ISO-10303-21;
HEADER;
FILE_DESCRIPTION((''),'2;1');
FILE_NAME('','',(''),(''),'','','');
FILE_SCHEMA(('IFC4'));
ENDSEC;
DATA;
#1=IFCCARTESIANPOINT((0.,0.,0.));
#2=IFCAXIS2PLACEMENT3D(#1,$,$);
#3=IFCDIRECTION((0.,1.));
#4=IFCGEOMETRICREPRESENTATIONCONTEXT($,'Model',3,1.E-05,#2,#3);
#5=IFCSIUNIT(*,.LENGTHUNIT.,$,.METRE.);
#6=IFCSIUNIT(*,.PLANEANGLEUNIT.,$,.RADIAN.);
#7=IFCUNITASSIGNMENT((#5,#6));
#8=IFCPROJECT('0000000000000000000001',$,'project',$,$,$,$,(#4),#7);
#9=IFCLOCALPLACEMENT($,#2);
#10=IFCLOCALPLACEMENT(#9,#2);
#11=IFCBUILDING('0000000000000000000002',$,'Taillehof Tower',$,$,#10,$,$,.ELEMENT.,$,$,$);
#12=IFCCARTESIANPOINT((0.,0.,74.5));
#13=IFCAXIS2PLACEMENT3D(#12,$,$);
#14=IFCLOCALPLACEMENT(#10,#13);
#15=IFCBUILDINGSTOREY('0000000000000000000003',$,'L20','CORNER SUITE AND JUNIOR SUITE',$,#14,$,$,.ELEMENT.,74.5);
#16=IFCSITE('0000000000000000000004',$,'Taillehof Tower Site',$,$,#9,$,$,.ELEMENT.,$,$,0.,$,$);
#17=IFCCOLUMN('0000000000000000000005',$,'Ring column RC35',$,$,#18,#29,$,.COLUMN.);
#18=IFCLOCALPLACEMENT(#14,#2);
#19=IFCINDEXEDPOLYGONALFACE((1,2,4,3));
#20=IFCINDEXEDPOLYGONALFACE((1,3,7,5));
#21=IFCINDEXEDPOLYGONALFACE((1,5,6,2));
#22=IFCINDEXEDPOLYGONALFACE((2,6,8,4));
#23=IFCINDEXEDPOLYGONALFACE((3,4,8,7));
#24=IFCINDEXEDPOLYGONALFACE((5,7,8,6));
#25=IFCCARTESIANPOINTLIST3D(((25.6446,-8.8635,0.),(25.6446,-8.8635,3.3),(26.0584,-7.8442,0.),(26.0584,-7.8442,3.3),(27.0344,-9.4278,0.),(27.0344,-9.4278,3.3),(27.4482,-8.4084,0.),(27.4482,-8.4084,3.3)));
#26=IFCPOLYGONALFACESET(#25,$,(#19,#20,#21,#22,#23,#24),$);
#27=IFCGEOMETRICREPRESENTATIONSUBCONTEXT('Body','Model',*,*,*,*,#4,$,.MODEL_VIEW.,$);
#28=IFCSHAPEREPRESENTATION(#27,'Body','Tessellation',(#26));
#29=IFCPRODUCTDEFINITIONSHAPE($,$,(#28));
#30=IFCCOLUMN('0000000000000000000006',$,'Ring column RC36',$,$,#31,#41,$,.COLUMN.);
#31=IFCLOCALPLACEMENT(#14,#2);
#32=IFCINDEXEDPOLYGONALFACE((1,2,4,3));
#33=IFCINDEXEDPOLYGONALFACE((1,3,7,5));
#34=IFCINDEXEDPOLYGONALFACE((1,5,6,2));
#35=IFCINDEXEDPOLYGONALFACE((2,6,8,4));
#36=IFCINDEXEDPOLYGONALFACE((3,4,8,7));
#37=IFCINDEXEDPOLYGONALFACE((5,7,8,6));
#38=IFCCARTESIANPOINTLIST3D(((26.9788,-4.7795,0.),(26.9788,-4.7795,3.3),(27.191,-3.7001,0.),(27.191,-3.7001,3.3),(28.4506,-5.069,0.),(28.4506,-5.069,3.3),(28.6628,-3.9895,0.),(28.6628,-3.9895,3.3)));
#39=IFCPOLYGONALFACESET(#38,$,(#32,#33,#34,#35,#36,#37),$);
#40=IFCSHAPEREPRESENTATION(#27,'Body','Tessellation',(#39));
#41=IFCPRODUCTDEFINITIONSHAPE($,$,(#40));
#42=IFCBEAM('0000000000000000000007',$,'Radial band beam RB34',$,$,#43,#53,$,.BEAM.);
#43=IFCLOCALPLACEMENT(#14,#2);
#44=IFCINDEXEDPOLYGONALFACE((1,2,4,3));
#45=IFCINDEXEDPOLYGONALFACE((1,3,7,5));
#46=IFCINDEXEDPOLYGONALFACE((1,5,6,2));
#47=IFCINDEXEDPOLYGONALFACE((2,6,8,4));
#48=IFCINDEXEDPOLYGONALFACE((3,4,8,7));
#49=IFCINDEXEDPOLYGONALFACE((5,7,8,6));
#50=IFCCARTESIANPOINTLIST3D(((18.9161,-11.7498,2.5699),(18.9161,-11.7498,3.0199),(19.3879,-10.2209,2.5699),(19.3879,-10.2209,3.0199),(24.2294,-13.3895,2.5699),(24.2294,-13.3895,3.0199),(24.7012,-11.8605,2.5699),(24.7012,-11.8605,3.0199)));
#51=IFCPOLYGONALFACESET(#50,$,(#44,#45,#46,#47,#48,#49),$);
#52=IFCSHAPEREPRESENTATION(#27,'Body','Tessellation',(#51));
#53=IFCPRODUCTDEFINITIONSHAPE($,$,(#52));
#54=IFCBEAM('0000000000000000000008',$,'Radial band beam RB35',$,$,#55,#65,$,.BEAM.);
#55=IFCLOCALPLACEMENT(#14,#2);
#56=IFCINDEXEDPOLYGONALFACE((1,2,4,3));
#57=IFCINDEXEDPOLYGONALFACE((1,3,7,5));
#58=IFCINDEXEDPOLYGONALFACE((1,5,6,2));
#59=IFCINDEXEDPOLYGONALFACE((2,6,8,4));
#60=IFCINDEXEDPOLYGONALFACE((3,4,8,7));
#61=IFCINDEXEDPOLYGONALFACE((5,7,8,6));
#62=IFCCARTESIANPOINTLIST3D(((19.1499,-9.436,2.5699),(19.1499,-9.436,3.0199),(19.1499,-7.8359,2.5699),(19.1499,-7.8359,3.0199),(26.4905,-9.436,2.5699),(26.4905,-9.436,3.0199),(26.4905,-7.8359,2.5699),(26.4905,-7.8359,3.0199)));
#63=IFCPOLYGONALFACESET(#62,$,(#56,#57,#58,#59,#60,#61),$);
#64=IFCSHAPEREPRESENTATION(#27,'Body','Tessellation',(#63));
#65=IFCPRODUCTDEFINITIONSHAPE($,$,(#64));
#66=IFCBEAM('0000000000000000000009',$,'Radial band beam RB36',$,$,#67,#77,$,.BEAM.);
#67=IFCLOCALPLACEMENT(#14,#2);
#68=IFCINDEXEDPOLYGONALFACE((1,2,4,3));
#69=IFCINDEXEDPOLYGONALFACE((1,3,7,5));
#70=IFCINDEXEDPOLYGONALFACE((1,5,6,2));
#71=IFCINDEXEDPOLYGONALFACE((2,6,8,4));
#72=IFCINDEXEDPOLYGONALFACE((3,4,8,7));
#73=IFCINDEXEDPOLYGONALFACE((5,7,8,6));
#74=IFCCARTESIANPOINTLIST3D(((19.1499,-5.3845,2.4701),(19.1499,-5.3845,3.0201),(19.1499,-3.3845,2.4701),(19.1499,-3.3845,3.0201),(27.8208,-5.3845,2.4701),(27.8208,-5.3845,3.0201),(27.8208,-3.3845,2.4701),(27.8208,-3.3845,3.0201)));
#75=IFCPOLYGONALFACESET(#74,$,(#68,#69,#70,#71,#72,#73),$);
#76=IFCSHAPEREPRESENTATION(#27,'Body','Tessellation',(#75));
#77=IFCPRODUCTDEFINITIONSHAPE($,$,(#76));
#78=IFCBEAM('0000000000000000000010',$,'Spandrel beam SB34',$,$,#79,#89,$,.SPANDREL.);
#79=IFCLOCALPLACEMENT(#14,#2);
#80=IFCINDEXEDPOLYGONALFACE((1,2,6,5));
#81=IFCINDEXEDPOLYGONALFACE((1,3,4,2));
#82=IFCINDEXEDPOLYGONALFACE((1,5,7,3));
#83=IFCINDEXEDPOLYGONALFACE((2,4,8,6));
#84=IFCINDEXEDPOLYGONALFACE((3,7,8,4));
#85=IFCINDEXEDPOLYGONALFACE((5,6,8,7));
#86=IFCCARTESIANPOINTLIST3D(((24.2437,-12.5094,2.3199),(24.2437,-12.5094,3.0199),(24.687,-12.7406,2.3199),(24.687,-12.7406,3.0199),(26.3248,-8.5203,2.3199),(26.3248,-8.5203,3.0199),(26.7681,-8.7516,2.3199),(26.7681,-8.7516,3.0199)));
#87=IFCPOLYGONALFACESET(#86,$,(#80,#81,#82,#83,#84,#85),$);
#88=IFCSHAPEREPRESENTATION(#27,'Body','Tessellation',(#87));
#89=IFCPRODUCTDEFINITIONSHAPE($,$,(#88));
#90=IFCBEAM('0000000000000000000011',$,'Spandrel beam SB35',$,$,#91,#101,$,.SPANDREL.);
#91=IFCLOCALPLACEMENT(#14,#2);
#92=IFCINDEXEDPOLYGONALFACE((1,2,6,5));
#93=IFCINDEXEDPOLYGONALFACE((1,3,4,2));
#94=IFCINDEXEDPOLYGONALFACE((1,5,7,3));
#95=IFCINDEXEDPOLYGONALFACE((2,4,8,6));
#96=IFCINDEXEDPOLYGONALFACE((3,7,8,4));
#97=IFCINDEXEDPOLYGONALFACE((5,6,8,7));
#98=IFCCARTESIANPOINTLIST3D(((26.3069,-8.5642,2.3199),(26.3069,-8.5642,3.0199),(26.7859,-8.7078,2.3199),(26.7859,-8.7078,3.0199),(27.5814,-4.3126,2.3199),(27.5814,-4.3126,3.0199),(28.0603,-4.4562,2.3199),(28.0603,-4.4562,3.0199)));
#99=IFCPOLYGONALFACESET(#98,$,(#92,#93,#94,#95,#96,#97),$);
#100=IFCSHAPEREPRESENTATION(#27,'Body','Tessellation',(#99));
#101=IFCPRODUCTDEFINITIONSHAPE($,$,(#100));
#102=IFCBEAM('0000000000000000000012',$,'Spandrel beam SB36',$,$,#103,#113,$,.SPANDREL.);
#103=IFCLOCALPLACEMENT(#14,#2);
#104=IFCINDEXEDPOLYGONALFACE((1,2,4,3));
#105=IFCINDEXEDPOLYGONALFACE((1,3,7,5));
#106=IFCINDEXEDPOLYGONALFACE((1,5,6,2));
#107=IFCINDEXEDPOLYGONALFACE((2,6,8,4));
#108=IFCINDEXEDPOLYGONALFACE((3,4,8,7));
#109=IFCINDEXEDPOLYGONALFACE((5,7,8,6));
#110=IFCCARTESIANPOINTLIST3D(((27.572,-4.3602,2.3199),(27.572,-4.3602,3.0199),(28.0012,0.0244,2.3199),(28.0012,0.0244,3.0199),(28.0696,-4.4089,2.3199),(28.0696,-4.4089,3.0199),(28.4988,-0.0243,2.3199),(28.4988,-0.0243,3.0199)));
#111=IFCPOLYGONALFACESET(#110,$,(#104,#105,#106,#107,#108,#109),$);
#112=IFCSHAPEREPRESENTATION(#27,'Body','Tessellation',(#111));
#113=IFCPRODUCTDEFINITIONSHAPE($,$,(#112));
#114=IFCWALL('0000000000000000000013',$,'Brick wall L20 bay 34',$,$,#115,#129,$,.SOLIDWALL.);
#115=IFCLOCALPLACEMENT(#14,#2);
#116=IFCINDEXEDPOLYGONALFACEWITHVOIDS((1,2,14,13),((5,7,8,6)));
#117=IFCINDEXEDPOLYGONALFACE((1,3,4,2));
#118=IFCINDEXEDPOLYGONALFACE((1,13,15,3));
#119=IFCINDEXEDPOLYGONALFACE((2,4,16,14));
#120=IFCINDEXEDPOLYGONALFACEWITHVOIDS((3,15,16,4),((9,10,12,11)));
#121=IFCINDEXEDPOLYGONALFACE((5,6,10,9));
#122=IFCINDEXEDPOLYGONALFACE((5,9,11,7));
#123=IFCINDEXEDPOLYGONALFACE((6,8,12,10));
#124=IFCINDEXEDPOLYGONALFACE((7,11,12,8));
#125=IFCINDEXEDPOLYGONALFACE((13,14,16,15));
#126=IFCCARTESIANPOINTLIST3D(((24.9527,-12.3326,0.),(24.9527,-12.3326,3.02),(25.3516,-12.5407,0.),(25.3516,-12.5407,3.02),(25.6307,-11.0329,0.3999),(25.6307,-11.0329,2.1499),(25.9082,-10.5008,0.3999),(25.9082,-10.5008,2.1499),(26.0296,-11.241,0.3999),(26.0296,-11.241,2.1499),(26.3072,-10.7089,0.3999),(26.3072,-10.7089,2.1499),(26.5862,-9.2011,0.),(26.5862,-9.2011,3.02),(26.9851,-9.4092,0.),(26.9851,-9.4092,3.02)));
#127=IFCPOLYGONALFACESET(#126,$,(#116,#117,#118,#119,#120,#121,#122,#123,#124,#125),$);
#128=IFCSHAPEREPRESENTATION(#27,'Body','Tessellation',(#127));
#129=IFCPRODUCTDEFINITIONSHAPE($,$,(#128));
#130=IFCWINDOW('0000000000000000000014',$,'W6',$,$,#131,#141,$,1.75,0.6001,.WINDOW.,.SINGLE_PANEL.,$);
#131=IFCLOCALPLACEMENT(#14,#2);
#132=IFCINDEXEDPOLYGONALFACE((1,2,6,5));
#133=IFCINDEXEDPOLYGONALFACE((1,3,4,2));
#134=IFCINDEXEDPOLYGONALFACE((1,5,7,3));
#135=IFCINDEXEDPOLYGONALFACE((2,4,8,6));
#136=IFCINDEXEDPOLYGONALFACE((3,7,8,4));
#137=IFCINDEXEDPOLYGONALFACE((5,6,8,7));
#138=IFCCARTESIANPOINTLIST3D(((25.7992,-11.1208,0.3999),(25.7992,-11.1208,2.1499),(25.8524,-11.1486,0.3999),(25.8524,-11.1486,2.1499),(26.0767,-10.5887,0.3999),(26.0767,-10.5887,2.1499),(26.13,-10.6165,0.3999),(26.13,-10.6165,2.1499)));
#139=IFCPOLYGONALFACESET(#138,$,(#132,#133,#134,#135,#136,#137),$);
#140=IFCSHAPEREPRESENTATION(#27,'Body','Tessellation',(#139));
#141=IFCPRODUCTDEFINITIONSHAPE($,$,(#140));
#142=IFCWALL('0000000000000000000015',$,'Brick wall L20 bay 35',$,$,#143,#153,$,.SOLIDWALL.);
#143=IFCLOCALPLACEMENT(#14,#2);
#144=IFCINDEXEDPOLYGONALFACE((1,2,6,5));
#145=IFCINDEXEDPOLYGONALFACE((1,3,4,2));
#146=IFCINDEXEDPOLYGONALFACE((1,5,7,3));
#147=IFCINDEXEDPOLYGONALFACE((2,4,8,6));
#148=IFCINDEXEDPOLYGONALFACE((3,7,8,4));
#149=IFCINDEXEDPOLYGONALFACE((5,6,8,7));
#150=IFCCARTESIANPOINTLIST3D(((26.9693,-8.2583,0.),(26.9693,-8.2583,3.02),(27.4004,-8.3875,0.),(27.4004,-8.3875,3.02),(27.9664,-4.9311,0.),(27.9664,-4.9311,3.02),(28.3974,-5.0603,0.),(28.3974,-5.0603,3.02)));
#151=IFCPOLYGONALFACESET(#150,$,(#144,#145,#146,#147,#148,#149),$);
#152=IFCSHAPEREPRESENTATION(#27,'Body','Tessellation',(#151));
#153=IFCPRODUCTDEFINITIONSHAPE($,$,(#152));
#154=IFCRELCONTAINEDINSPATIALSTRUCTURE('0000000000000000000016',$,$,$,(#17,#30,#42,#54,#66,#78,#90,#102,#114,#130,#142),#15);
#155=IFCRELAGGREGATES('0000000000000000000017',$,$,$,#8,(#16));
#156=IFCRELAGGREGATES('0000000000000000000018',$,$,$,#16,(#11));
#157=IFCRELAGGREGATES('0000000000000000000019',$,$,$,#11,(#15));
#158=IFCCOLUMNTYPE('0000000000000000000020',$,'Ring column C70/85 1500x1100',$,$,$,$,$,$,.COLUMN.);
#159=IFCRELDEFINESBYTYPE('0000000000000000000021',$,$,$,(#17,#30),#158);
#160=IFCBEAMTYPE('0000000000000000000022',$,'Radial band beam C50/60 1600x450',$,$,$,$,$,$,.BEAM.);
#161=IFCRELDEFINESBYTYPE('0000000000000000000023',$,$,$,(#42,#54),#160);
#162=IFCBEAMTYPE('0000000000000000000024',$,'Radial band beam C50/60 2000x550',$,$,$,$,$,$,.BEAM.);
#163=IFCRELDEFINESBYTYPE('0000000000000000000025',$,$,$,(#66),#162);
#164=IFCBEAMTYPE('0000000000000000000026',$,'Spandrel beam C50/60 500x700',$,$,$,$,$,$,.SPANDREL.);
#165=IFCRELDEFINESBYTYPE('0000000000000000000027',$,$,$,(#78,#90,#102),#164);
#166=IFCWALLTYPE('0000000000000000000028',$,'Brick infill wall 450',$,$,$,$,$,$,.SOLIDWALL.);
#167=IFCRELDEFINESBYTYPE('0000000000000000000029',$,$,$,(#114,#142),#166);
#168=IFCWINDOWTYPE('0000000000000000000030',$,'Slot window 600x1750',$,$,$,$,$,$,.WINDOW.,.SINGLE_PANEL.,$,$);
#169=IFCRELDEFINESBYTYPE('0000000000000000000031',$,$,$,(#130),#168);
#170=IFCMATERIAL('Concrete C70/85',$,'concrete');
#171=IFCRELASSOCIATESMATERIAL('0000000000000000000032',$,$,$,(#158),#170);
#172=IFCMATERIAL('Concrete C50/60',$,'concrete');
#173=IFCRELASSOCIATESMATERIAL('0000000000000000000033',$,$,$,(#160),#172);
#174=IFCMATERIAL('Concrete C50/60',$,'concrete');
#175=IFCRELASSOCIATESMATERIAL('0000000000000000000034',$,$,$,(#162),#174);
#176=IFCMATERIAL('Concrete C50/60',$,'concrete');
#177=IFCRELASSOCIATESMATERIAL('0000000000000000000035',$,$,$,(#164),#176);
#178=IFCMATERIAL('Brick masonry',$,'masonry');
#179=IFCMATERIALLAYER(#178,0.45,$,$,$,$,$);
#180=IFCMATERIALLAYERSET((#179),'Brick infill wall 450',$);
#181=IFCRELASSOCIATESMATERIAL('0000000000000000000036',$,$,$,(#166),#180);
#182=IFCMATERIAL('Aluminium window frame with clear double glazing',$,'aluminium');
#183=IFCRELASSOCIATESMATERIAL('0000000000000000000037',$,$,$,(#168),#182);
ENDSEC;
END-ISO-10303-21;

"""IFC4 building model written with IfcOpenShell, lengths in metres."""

from ifc_helpers import new_model, si_unit, direction, frame, frame_2d, origin, origin_2d, place, context, subcontext, project, spatial, rectangle, extrude, material, layer, layer_set, material_profile, profile_set, type_object, element, fill, save


model = new_model("IFC4")

# Units and contexts
model_context = context("Model", 3, precision=1e-05, world=origin(), true_north=direction((0.0, 1.0)))
body_context = subcontext(model_context, "Body", "Model", "MODEL_VIEW")
ifc_project = project(units=[si_unit("LENGTHUNIT", "METRE"), si_unit("PLANEANGLEUNIT", "RADIAN")], contexts=[model_context])

# Site, building, storey
site_placement = place(None, origin())
site = spatial("IfcSite", under=ifc_project, at=site_placement, Name="Taillehof Tower Site", CompositionType="ELEMENT", RefElevation=0.0)
building_placement = place(site_placement, origin())
building = spatial("IfcBuilding", under=site, at=building_placement, Name="Taillehof Tower", CompositionType="ELEMENT")
storey_placement = place(building_placement, frame((0.0, 0.0, 74.5)))
storey = spatial("IfcBuildingStorey", under=building, at=storey_placement, Name="L20", Description="CORNER SUITE AND JUNIOR SUITE", CompositionType="ELEMENT", Elevation=74.5)

# Columns
ifc_material_1 = material(Name="Concrete C70/85", Category="concrete")
ifc_material_profile_1 = material_profile(ifc_material_1, rectangle(XDim=1.5, YDim=1.1001, at=origin_2d()), Name="RC 1500x1100")
ifc_profile_set_1 = profile_set([ifc_material_profile_1], Name="Concrete C70/85")
column_type = type_object("IfcColumnType", Name="Ring column C70/85 1500x1100", PredefinedType="COLUMN", material=ifc_profile_set_1)
for number, where, z_axis, x_axis, name in (
    (1, (26.5464, -8.636, 0.0), (0.0, 0.0, 1.0), (0.926558, -0.376152, 0.0), "Ring column RC35"),
    (2, (27.8208, -4.3845, 0.0), (0.0, 0.0, 1.0), (0.981204, -0.192976, 0.0), "Ring column RC36"),
):
    element("IfcColumn", number, at=place(storey_placement, frame(where, z_axis=z_axis, x_axis=x_axis)), inside=storey, type_object=column_type, Name=name, PredefinedType="COLUMN", context=body_context, shape_type="SweptSolid", body=[
        extrude(rectangle(XDim=1.5, YDim=1.1001, at=origin_2d()), origin(), (0.0, 0.0, 1.0), 3.3),
    ])

# Beams
ifc_material_2 = material(Name="Concrete C50/60", Category="concrete")
ifc_material_profile_2 = material_profile(ifc_material_2, rectangle(XDim=1.6001, YDim=0.45, at=origin_2d()), Name="RC 1600x450")
ifc_profile_set_2 = profile_set([ifc_material_profile_2], Name="Concrete C50/60")
beam_type_1 = type_object("IfcBeamType", Name="Radial band beam C50/60 1600x450", PredefinedType="BEAM", material=ifc_profile_set_2)
beam_1_placement = place(storey_placement, frame((24.4653, -12.625, 2.7949), z_axis=(-0.955536, 0.294876, 0.0), x_axis=(-0.294876, -0.955536, 0.0)))
element("IfcBeam", 3, at=beam_1_placement, inside=storey, type_object=beam_type_1, Name="Radial band beam RB34", PredefinedType="BEAM", context=body_context, shape_type="SweptSolid", body=[
    extrude(rectangle(XDim=1.6001, YDim=0.45, at=origin_2d()), origin(), (0.0, 0.0, 1.0), 5.5605),
])
beam_2_placement = place(storey_placement, frame((26.4905, -8.636, 2.7949), z_axis=(-1.0, 0.0, 0.0), x_axis=(0.0, -1.0, 0.0)))
element("IfcBeam", 4, at=beam_2_placement, inside=storey, type_object=beam_type_1, Name="Radial band beam RB35", PredefinedType="BEAM", context=body_context, shape_type="SweptSolid", body=[
    extrude(rectangle(XDim=1.6001, YDim=0.45, at=origin_2d()), origin(), (0.0, 0.0, 1.0), 7.3406),
])
ifc_material_3 = material(Name="Concrete C50/60", Category="concrete")
ifc_material_profile_3 = material_profile(ifc_material_3, rectangle(XDim=2.0, YDim=0.55, at=origin_2d()), Name="RC 2000x550")
ifc_profile_set_3 = profile_set([ifc_material_profile_3], Name="Concrete C50/60")
beam_type_2 = type_object("IfcBeamType", Name="Radial band beam C50/60 2000x550", PredefinedType="BEAM", material=ifc_profile_set_3)
beam_3_placement = place(storey_placement, frame((27.8208, -4.3845, 2.7451), z_axis=(-1.0, 0.0, 0.0), x_axis=(0.0, -1.0, 0.0)))
element("IfcBeam", 5, at=beam_3_placement, inside=storey, type_object=beam_type_2, Name="Radial band beam RB36", PredefinedType="BEAM", context=body_context, shape_type="SweptSolid", body=[
    extrude(rectangle(XDim=2.0, YDim=0.55, at=origin_2d()), origin(), (0.0, 0.0, 1.0), 8.6709),
])
ifc_material_4 = material(Name="Concrete C50/60", Category="concrete")
ifc_material_profile_4 = material_profile(ifc_material_4, rectangle(XDim=0.5, YDim=0.7, at=origin_2d()), Name="RC 500x700")
ifc_profile_set_4 = profile_set([ifc_material_profile_4], Name="Concrete C50/60")
beam_type_3 = type_object("IfcBeamType", Name="Spandrel beam C50/60 500x700", PredefinedType="SPANDREL", material=ifc_profile_set_4)
beam_4_placement = place(storey_placement, frame((24.4653, -12.625, 2.6699), z_axis=(0.462536, 0.8866, 0.0), x_axis=(-0.8866, 0.462536, 0.0)))
element("IfcBeam", 6, at=beam_4_placement, inside=storey, type_object=beam_type_3, Name="Spandrel beam SB34", PredefinedType="SPANDREL", context=body_context, shape_type="SweptSolid", body=[
    extrude(rectangle(XDim=0.5, YDim=0.7, at=origin_2d()), origin(), (0.0, 0.0, 1.0), 4.4993),
])
beam_5_placement = place(storey_placement, frame((26.5464, -8.636, 2.6699), z_axis=(0.287136, 0.95789, 0.0), x_axis=(-0.95789, 0.287136, 0.0)))
element("IfcBeam", 7, at=beam_5_placement, inside=storey, type_object=beam_type_3, Name="Spandrel beam SB35", PredefinedType="SPANDREL", context=body_context, shape_type="SweptSolid", body=[
    extrude(rectangle(XDim=0.5, YDim=0.7, at=origin_2d()), origin(), (0.0, 0.0, 1.0), 4.4385),
])
beam_6_placement = place(storey_placement, frame((27.8208, -4.3845, 2.6699), z_axis=(0.097424, 0.995243, 0.0), x_axis=(-0.995243, 0.097424, 0.0)))
element("IfcBeam", 8, at=beam_6_placement, inside=storey, type_object=beam_type_3, Name="Spandrel beam SB36", PredefinedType="SPANDREL", context=body_context, shape_type="SweptSolid", body=[
    extrude(rectangle(XDim=0.5, YDim=0.7, at=origin_2d()), origin(), (0.0, 0.0, 1.0), 4.4055),
])

# Wall, opening, window
ifc_material_5 = material(Name="Brick masonry", Category="masonry")
ifc_layer_1 = layer(ifc_material_5, 0.45)
ifc_layer_set_1 = layer_set([ifc_layer_1], Name="Brick infill wall 450")
wall_type_1 = type_object("IfcWallType", Name="Brick infill wall 450", PredefinedType="SOLIDWALL", material=ifc_layer_set_1)
wall_1_placement = place(storey_placement, frame((25.1521, -12.4368, 0.0), z_axis=(0.0, 0.0, 1.0), x_axis=(0.462493, 0.886623, 0.0)))
wall_1 = element("IfcWall", 9, at=wall_1_placement, inside=storey, type_object=wall_type_1, Name="Brick wall L20 bay 34", PredefinedType="SOLIDWALL", context=body_context, shape_type="SweptSolid", body=[
    extrude(rectangle(XDim=3.532, YDim=0.45, at=frame_2d((1.7661, 0.0))), origin(), (0.0, 0.0, 1.0), 3.02),
])
opening_1_placement = place(wall_1_placement, frame((1.4661, 0.0, 0.3999)))
opening_1 = element("IfcOpeningElement", 10, at=opening_1_placement, cuts=wall_1, PredefinedType="OPENING", context=body_context, shape_type="SweptSolid", body=[
    extrude(rectangle(XDim=0.6001, YDim=1.75, at=frame_2d((0.3, 0.875))), frame((0.0, 0.2349, 0.0), z_axis=(0.0, -1.0, 0.0), x_axis=(1.0, 0.0, 0.0)), (0.0, 0.0, 1.0), 0.47),
])
ifc_material_6 = material(Name="Aluminium window frame with clear double glazing", Category="aluminium")
window_type = type_object("IfcWindowType", Name="Slot window 600x1750", PartitioningType="SINGLE_PANEL", PredefinedType="WINDOW", material=ifc_material_6)
window_1_placement = place(opening_1_placement, origin())
window_1 = element("IfcWindow", 11, at=window_1_placement, inside=storey, type_object=window_type, Name="W6", OverallHeight=1.75, OverallWidth=0.6001, PartitioningType="SINGLE_PANEL", PredefinedType="WINDOW", context=body_context, shape_type="SweptSolid", body=[
    extrude(rectangle(XDim=0.6001, YDim=1.75, at=frame_2d((0.3, 0.875))), frame((0.0, 0.0349, 0.0), z_axis=(0.0, -1.0, 0.0), x_axis=(1.0, 0.0, 0.0)), (0.0, 0.0, 1.0), 0.0601),
])
fill(opening_1, window_1)

# Wall
wall_2_placement = place(storey_placement, frame((27.1848, -8.323, 0.0), z_axis=(0.0, 0.0, 1.0), x_axis=(0.287064, 0.957911, 0.0)))
element("IfcWall", 12, at=wall_2_placement, inside=storey, type_object=wall_type_1, Name="Brick wall L20 bay 35", PredefinedType="SOLIDWALL", context=body_context, shape_type="SweptSolid", body=[
    extrude(rectangle(XDim=3.4734, YDim=0.45, at=frame_2d((1.7368, 0.0))), origin(), (0.0, 0.0, 1.0), 3.02),
])

save(model, "model.ifc")
